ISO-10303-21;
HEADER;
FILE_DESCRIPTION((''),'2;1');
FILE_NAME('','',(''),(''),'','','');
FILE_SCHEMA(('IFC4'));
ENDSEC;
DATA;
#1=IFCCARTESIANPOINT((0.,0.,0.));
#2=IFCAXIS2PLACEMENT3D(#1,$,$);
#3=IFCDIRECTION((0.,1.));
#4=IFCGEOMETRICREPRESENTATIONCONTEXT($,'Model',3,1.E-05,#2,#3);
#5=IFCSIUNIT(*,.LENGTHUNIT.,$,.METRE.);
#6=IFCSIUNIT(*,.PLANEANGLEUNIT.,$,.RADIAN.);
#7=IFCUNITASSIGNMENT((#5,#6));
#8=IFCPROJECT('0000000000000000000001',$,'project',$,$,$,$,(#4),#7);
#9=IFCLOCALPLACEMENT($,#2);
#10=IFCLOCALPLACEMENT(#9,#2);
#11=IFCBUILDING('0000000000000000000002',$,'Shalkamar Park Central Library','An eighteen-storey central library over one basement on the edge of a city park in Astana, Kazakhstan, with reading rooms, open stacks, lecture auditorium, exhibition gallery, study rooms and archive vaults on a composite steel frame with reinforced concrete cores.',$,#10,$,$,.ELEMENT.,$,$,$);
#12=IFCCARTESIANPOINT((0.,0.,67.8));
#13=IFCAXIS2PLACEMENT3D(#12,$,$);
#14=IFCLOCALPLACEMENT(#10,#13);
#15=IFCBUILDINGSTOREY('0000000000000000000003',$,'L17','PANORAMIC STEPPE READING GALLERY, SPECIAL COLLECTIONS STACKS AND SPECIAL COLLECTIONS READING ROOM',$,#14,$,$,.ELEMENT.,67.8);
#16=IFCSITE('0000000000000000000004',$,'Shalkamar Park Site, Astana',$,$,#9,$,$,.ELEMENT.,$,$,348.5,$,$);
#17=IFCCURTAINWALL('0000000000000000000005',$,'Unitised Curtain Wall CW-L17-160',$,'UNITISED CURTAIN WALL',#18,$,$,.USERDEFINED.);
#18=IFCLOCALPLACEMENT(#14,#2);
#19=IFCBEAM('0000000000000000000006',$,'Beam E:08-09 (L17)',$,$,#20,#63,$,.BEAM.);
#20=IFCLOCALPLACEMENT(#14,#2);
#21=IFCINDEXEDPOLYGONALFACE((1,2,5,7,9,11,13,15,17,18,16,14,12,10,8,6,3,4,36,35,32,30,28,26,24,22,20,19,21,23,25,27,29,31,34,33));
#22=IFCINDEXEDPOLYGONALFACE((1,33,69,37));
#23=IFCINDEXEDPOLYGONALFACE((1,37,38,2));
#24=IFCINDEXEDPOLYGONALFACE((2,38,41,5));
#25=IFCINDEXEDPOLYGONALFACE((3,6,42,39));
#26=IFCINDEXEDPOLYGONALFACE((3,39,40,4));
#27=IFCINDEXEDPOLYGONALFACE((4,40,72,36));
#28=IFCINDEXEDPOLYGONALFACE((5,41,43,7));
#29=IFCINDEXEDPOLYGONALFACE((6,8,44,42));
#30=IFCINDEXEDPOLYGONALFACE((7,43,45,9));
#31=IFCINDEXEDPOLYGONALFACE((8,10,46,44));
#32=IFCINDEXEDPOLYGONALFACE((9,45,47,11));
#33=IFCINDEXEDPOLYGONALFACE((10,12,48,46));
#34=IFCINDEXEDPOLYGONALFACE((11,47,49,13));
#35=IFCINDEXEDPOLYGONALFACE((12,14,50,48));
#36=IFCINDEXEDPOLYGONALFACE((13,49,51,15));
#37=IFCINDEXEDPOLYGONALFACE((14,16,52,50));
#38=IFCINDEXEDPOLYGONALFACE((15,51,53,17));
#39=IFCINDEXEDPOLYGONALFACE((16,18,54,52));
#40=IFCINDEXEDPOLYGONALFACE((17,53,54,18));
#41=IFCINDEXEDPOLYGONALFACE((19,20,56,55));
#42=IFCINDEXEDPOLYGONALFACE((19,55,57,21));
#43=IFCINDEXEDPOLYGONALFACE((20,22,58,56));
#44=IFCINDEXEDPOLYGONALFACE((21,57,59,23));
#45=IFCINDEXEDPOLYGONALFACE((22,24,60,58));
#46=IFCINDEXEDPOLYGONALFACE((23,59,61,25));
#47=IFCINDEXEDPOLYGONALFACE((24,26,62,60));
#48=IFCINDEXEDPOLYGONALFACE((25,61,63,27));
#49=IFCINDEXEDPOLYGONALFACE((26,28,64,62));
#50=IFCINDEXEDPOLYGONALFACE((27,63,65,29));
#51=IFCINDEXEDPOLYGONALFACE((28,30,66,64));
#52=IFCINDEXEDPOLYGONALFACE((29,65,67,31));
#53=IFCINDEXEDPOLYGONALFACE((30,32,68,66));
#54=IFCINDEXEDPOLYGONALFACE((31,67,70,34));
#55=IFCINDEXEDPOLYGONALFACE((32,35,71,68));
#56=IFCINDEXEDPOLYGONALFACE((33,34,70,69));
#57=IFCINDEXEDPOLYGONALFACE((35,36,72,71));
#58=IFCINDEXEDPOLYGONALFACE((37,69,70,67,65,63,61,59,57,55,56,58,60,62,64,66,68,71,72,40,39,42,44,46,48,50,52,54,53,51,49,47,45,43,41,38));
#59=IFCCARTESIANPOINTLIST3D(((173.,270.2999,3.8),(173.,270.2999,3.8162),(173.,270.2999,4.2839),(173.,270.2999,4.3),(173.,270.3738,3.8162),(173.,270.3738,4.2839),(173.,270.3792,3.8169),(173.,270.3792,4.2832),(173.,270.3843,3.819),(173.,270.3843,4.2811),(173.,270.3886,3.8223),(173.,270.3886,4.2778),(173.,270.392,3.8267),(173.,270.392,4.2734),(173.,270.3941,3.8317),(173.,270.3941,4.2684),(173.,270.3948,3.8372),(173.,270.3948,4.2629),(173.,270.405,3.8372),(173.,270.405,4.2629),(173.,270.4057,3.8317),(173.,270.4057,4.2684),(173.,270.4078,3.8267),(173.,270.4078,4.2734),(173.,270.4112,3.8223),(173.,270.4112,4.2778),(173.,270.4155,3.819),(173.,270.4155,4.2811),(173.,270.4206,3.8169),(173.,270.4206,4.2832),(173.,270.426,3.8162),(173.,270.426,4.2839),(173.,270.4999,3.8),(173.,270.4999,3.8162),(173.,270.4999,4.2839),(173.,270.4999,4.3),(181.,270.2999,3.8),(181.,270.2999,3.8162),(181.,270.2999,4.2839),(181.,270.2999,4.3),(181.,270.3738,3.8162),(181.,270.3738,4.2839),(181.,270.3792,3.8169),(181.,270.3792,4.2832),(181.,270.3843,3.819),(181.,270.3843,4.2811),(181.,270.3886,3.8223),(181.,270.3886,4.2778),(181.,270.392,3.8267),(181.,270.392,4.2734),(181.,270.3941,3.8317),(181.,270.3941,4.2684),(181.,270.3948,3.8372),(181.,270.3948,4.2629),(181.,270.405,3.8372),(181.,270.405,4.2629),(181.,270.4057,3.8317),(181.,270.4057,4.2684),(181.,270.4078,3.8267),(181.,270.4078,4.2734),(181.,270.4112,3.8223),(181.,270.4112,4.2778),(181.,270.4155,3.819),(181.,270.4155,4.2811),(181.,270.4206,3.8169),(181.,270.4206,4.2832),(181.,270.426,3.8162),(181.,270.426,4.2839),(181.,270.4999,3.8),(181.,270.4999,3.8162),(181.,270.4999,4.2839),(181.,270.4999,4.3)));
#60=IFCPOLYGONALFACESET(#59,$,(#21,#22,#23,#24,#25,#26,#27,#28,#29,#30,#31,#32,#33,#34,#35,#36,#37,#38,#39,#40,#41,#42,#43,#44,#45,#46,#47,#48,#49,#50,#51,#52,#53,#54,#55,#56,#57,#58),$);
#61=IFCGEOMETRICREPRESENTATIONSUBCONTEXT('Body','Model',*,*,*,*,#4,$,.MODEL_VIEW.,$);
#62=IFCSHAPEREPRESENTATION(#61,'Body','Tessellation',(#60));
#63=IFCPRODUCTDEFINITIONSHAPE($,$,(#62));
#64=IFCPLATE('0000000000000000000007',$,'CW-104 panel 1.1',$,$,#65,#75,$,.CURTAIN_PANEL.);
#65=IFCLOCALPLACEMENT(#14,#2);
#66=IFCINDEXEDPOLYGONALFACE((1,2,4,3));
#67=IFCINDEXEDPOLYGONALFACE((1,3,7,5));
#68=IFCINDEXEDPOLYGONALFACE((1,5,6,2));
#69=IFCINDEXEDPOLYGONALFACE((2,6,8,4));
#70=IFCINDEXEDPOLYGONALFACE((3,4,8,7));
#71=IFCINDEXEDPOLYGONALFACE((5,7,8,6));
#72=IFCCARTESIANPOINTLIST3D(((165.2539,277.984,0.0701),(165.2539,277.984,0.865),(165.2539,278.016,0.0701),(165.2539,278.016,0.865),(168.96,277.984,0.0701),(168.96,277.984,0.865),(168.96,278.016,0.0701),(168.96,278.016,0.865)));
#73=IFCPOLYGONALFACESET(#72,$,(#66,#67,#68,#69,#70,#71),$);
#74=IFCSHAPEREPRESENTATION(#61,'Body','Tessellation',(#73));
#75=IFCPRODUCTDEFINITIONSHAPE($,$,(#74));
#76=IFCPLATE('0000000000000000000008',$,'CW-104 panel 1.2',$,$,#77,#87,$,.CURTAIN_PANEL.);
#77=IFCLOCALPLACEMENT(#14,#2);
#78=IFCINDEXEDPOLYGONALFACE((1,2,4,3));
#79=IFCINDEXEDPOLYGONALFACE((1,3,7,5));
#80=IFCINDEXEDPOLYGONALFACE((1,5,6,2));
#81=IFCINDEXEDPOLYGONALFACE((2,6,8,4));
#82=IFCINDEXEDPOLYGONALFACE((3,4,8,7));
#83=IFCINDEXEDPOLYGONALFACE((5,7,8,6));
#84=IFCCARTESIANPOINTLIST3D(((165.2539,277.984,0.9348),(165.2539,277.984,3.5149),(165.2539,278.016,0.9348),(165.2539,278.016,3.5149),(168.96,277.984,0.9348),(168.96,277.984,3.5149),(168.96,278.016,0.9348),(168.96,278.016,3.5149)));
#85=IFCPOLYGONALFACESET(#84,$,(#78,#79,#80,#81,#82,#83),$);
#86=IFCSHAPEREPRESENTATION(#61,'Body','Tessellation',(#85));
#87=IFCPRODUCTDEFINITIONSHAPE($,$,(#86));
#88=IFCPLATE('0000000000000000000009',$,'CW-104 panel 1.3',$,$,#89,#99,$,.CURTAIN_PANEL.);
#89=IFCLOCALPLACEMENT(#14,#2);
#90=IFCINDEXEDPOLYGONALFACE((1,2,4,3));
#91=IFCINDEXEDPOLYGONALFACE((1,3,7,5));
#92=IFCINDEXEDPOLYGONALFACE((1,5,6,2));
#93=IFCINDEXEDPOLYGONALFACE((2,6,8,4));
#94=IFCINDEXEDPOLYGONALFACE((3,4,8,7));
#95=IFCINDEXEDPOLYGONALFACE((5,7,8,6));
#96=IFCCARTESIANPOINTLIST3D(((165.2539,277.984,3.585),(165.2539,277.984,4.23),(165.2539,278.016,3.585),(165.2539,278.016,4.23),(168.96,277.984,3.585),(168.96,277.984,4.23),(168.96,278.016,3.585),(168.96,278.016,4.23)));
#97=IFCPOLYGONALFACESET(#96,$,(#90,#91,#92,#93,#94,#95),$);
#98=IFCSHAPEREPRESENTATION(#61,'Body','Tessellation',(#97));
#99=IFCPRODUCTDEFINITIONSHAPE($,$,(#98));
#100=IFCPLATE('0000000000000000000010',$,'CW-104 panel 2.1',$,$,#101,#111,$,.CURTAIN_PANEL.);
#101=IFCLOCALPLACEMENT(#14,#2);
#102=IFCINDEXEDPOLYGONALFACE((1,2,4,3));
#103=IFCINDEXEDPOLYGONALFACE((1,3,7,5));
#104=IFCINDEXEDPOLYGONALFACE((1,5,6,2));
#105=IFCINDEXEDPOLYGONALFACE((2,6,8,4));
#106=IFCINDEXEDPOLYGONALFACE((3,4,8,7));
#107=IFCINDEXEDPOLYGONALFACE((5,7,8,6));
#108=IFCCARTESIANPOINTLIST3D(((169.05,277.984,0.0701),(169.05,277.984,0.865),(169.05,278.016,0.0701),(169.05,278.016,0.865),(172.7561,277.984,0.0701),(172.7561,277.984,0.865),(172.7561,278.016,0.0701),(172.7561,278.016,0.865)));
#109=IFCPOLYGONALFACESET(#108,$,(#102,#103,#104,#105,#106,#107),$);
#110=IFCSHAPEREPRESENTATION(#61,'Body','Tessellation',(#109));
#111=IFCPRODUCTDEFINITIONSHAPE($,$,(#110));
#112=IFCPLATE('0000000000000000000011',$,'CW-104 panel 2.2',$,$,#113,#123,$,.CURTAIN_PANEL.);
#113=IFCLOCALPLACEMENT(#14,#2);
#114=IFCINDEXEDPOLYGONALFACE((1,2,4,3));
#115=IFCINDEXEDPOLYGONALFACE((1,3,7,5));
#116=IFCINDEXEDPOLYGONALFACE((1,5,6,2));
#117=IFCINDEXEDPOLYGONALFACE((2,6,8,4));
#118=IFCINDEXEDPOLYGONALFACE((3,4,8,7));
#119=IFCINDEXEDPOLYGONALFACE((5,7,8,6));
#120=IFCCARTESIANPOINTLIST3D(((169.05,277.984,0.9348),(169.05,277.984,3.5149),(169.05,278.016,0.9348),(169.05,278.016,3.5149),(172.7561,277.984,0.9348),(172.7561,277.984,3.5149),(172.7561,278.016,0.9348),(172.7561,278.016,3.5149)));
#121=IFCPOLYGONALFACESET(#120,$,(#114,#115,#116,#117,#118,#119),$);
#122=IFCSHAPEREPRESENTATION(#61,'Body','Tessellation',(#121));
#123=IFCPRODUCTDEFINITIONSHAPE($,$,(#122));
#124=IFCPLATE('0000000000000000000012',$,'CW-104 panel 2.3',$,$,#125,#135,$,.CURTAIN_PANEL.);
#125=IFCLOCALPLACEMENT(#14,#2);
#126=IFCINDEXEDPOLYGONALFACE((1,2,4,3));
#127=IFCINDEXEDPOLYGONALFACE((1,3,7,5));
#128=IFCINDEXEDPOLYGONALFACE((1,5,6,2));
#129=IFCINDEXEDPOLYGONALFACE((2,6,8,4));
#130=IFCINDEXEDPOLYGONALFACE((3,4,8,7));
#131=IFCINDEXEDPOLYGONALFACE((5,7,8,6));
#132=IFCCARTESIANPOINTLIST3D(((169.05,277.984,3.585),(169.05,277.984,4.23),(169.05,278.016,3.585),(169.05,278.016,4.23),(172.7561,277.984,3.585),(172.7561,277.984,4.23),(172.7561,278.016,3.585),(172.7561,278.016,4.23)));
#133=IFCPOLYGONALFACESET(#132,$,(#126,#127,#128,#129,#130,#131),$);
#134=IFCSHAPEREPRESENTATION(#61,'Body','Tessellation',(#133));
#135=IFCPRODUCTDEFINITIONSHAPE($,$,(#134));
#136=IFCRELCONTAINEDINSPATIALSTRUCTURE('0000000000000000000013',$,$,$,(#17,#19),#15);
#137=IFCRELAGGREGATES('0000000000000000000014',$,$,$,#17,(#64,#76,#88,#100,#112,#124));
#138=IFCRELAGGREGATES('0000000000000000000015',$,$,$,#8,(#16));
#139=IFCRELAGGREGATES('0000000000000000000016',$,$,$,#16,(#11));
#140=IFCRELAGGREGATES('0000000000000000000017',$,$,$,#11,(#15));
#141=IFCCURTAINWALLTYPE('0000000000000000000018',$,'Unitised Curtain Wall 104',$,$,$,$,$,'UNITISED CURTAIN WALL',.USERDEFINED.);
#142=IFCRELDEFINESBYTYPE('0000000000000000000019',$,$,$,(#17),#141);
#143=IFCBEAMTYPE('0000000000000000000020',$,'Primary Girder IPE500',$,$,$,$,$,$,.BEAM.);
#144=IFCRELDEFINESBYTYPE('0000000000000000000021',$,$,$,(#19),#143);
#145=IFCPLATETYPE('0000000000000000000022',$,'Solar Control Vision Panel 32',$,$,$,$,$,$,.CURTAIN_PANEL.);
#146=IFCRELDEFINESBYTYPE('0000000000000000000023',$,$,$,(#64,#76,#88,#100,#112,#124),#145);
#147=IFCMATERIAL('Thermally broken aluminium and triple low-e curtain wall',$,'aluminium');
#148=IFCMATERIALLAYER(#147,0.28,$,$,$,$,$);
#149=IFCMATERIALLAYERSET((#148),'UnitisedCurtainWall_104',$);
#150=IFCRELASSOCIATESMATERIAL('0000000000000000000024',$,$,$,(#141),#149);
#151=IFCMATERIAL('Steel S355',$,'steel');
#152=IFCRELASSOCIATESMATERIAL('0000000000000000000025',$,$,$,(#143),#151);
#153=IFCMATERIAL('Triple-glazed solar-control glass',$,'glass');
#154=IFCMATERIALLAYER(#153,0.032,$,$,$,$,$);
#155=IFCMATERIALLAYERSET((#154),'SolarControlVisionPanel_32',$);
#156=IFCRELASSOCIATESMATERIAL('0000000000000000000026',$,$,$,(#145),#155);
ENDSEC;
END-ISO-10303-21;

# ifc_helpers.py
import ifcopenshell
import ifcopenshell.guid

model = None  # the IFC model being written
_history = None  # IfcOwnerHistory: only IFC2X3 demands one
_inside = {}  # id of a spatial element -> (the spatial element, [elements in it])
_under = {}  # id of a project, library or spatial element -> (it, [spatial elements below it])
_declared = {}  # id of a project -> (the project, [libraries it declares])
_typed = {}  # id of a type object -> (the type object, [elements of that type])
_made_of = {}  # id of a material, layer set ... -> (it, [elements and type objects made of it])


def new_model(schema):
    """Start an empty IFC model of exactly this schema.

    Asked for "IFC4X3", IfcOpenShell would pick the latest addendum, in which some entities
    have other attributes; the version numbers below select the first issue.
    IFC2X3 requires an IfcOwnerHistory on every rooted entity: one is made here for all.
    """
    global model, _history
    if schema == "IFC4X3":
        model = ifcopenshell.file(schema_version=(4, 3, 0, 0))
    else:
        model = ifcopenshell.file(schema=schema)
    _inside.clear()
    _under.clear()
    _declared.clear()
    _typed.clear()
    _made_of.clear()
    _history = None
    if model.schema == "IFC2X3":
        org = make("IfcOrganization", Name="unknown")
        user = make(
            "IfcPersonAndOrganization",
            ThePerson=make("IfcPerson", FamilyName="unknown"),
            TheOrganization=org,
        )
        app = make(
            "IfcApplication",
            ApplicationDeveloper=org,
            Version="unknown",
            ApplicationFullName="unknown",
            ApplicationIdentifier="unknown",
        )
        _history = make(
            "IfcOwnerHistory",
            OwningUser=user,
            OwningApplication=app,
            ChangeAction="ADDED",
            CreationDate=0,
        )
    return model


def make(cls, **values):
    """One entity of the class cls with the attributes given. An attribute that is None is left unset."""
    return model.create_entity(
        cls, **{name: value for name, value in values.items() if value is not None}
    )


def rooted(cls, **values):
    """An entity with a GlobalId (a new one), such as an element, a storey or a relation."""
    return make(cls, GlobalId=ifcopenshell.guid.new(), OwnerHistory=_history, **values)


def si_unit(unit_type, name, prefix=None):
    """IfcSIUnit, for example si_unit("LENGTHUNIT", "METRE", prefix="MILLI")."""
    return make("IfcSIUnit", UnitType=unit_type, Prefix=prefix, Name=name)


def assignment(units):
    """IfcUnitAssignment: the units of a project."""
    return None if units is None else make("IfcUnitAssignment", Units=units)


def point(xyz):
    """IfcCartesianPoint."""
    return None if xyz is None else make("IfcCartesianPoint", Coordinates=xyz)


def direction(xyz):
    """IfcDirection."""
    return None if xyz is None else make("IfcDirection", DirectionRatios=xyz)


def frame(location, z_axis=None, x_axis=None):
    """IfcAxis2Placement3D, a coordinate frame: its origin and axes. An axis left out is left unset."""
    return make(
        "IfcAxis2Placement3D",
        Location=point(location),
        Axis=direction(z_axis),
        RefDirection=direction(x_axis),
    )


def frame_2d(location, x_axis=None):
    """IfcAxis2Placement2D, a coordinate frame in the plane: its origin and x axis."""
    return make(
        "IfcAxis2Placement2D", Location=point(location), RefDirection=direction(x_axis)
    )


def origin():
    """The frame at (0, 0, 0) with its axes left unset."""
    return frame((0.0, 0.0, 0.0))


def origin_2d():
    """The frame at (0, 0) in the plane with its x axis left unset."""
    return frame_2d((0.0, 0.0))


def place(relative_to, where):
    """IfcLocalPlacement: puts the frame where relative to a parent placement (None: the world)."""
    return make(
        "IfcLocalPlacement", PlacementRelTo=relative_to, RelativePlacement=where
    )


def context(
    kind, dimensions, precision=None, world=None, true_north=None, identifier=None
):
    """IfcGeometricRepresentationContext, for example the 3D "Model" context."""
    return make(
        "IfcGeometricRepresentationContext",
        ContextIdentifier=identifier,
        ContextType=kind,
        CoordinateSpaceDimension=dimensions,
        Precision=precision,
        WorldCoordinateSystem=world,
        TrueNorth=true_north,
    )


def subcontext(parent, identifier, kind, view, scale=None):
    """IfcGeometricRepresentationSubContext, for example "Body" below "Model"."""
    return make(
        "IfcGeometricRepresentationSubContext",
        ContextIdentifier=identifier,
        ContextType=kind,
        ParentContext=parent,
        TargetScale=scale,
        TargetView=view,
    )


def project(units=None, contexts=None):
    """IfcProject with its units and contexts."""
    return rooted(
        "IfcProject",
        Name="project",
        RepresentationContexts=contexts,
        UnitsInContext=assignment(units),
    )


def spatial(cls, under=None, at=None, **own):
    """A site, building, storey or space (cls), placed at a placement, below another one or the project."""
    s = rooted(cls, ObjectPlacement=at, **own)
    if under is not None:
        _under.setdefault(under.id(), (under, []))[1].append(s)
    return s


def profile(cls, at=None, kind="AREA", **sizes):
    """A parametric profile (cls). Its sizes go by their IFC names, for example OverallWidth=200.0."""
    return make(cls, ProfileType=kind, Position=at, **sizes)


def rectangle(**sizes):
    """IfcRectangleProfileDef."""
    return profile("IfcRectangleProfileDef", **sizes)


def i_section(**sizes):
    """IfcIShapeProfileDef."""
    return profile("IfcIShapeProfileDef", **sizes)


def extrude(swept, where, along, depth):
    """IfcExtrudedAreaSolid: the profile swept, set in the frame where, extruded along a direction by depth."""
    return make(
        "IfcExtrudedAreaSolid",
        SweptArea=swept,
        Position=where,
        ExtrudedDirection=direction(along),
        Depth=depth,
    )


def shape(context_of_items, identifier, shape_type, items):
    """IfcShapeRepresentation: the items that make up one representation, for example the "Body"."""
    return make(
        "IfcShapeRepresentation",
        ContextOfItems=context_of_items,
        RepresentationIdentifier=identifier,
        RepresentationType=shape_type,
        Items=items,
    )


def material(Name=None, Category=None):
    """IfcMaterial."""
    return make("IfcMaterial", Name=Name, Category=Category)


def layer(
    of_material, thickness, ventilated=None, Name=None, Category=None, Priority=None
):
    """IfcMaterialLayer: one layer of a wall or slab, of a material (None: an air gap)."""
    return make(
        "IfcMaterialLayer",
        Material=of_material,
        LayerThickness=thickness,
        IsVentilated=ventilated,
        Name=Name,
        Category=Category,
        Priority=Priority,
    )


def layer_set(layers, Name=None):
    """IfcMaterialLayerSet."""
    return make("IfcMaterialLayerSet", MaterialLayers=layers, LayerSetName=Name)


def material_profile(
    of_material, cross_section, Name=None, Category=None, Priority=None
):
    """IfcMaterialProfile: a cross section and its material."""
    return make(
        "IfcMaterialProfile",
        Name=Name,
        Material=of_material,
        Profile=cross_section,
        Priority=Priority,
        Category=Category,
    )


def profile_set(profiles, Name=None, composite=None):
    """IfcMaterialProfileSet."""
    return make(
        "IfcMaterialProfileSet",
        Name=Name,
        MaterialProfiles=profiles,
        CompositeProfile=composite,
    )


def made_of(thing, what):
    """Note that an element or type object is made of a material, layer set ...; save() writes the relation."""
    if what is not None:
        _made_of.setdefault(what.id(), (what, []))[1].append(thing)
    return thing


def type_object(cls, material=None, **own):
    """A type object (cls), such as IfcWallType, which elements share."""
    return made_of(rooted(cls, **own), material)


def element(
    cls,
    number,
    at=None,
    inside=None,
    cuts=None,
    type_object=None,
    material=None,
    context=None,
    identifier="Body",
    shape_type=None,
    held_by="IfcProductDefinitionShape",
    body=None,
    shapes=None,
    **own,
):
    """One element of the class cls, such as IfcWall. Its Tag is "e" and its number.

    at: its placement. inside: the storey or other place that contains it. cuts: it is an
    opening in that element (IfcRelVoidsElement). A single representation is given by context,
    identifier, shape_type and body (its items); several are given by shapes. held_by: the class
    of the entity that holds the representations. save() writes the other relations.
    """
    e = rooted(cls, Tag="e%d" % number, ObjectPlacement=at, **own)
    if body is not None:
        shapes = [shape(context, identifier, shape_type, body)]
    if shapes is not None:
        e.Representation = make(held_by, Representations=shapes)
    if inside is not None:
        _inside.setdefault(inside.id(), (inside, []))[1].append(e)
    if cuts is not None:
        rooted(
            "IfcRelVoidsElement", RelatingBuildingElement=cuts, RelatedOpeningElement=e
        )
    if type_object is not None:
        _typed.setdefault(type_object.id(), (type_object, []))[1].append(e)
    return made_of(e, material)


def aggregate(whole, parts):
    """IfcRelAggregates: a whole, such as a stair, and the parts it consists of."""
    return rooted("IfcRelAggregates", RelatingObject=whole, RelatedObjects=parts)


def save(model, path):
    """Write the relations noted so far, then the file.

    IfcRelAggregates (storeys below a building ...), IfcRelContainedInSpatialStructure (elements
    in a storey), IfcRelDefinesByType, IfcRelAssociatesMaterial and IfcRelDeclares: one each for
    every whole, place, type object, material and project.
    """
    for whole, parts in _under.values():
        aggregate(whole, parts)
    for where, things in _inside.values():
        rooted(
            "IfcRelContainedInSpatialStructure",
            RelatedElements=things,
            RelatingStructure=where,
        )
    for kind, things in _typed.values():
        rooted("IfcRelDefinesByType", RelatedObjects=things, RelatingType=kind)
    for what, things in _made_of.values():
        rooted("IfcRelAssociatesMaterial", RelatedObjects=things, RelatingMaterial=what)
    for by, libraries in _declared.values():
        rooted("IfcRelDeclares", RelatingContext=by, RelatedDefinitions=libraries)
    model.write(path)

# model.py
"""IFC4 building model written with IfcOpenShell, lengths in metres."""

from ifc_helpers import new_model, si_unit, direction, frame, origin, origin_2d, place, context, subcontext, project, spatial, rectangle, i_section, extrude, material, layer, layer_set, material_profile, profile_set, type_object, element, aggregate, save


model = new_model("IFC4")

# Units and contexts
model_context = context("Model", 3, precision=1e-05, world=origin(), true_north=direction((0.0, 1.0)))
body_context = subcontext(model_context, "Body", "Model", "MODEL_VIEW")
ifc_project = project(units=[si_unit("LENGTHUNIT", "METRE"), si_unit("PLANEANGLEUNIT", "RADIAN")], contexts=[model_context])

# Site, building, storey
site_placement = place(None, origin())
site = spatial("IfcSite", under=ifc_project, at=site_placement, Name="Shalkamar Park Site, Astana", CompositionType="ELEMENT", RefElevation=348.5)
building_placement = place(site_placement, origin())
building = spatial("IfcBuilding", under=site, at=building_placement, Name="Shalkamar Park Central Library", Description="An eighteen-storey central library over one basement on the edge of a city park in Astana, Kazakhstan, with reading rooms, open stacks, lecture auditorium, exhibition gallery, study rooms and archive vaults on a composite steel frame with reinforced concrete cores.", CompositionType="ELEMENT")
storey_placement = place(building_placement, frame((0.0, 0.0, 67.8)))
storey = spatial("IfcBuildingStorey", under=building, at=storey_placement, Name="L17", Description="PANORAMIC STEPPE READING GALLERY, SPECIAL COLLECTIONS STACKS AND SPECIAL COLLECTIONS READING ROOM", CompositionType="ELEMENT", Elevation=67.8)

# Shared definitions
ifc_material_1 = material(Name="Steel S355", Category="steel")

# Curtain wall
ifc_material_2 = material(Name="Thermally broken aluminium and triple low-e curtain wall", Category="aluminium")
ifc_layer_1 = layer(ifc_material_2, 0.28)
ifc_layer_set_1 = layer_set([ifc_layer_1], Name="UnitisedCurtainWall_104")
curtain_wall_type = type_object("IfcCurtainWallType", Name="Unitised Curtain Wall 104", ElementType="UNITISED CURTAIN WALL", PredefinedType="USERDEFINED", material=ifc_layer_set_1)
curtain_wall_placement = place(storey_placement, origin())
curtain_wall = element("IfcCurtainWall", 1, at=curtain_wall_placement, inside=storey, type_object=curtain_wall_type, Name="Unitised Curtain Wall CW-L17-160", ObjectType="UNITISED CURTAIN WALL", PredefinedType="USERDEFINED")

# Beam
ifc_material_profile_1 = material_profile(ifc_material_1, i_section(OverallWidth=0.2, OverallDepth=0.5, WebThickness=0.0103, FlangeThickness=0.0161, FilletRadius=0.021, at=origin_2d()), Name="IPE 500")
ifc_profile_set_1 = profile_set([ifc_material_profile_1], Name="Steel S355")
beam_type_1 = type_object("IfcBeamType", Name="Primary Girder IPE500", PredefinedType="BEAM", material=ifc_profile_set_1)
beam_1_placement = place(storey_placement, frame((173.0, 270.3999, 4.05), z_axis=(1.0, 0.0, 0.0), x_axis=(0.0, 1.0, 0.0)))
element("IfcBeam", 2, at=beam_1_placement, inside=storey, type_object=beam_type_1, Name="Beam E:08-09 (L17)", PredefinedType="BEAM", context=body_context, shape_type="SweptSolid", body=[
    extrude(i_section(OverallWidth=0.2, OverallDepth=0.5, WebThickness=0.0103, FlangeThickness=0.0161, FilletRadius=0.021, at=origin_2d()), origin(), (0.0, 0.0, 1.0), 8.0),
])

# Plates
ifc_material_3 = material(Name="Triple-glazed solar-control glass", Category="glass")
ifc_layer_2 = layer(ifc_material_3, 0.032)
ifc_layer_set_2 = layer_set([ifc_layer_2], Name="SolarControlVisionPanel_32")
plate_type = type_object("IfcPlateType", Name="Solar Control Vision Panel 32", PredefinedType="CURTAIN_PANEL", material=ifc_layer_set_2)
plate_1_placement = place(storey_placement, frame((167.1069, 278.0, 0.0701), z_axis=(0.0, 0.0, 1.0), x_axis=(1.0, 0.0, 0.0)))
plate_1 = element("IfcPlate", 3, at=plate_1_placement, type_object=plate_type, Name="CW-104 panel 1.1", PredefinedType="CURTAIN_PANEL", context=body_context, shape_type="SweptSolid", body=[
    extrude(rectangle(XDim=3.7061, YDim=0.032, at=origin_2d()), origin(), (0.0, 0.0, 1.0), 0.7949),
])
plate_2_placement = place(storey_placement, frame((167.1069, 278.0, 0.9348), z_axis=(0.0, 0.0, 1.0), x_axis=(1.0, 0.0, 0.0)))
plate_2 = element("IfcPlate", 4, at=plate_2_placement, type_object=plate_type, Name="CW-104 panel 1.2", PredefinedType="CURTAIN_PANEL", context=body_context, shape_type="SweptSolid", body=[
    extrude(rectangle(XDim=3.7061, YDim=0.032, at=origin_2d()), origin(), (0.0, 0.0, 1.0), 2.5801),
])
plate_3_placement = place(storey_placement, frame((167.1069, 278.0, 3.585), z_axis=(0.0, 0.0, 1.0), x_axis=(1.0, 0.0, 0.0)))
plate_3 = element("IfcPlate", 5, at=plate_3_placement, type_object=plate_type, Name="CW-104 panel 1.3", PredefinedType="CURTAIN_PANEL", context=body_context, shape_type="SweptSolid", body=[
    extrude(rectangle(XDim=3.7061, YDim=0.032, at=origin_2d()), origin(), (0.0, 0.0, 1.0), 0.645),
])
plate_4_placement = place(storey_placement, frame((170.9031, 278.0, 0.0701), z_axis=(0.0, 0.0, 1.0), x_axis=(1.0, 0.0, 0.0)))
plate_4 = element("IfcPlate", 6, at=plate_4_placement, type_object=plate_type, Name="CW-104 panel 2.1", PredefinedType="CURTAIN_PANEL", context=body_context, shape_type="SweptSolid", body=[
    extrude(rectangle(XDim=3.7061, YDim=0.032, at=origin_2d()), origin(), (0.0, 0.0, 1.0), 0.7949),
])
plate_5_placement = place(storey_placement, frame((170.9031, 278.0, 0.9348), z_axis=(0.0, 0.0, 1.0), x_axis=(1.0, 0.0, 0.0)))
plate_5 = element("IfcPlate", 7, at=plate_5_placement, type_object=plate_type, Name="CW-104 panel 2.2", PredefinedType="CURTAIN_PANEL", context=body_context, shape_type="SweptSolid", body=[
    extrude(rectangle(XDim=3.7061, YDim=0.032, at=origin_2d()), origin(), (0.0, 0.0, 1.0), 2.5801),
])
plate_6_placement = place(storey_placement, frame((170.9031, 278.0, 3.585), z_axis=(0.0, 0.0, 1.0), x_axis=(1.0, 0.0, 0.0)))
plate_6 = element("IfcPlate", 8, at=plate_6_placement, type_object=plate_type, Name="CW-104 panel 2.3", PredefinedType="CURTAIN_PANEL", context=body_context, shape_type="SweptSolid", body=[
    extrude(rectangle(XDim=3.7061, YDim=0.032, at=origin_2d()), origin(), (0.0, 0.0, 1.0), 0.645),
])
aggregate(curtain_wall, [plate_1, plate_2, plate_3, plate_4, plate_5, plate_6])

save(model, "model.ifc")
